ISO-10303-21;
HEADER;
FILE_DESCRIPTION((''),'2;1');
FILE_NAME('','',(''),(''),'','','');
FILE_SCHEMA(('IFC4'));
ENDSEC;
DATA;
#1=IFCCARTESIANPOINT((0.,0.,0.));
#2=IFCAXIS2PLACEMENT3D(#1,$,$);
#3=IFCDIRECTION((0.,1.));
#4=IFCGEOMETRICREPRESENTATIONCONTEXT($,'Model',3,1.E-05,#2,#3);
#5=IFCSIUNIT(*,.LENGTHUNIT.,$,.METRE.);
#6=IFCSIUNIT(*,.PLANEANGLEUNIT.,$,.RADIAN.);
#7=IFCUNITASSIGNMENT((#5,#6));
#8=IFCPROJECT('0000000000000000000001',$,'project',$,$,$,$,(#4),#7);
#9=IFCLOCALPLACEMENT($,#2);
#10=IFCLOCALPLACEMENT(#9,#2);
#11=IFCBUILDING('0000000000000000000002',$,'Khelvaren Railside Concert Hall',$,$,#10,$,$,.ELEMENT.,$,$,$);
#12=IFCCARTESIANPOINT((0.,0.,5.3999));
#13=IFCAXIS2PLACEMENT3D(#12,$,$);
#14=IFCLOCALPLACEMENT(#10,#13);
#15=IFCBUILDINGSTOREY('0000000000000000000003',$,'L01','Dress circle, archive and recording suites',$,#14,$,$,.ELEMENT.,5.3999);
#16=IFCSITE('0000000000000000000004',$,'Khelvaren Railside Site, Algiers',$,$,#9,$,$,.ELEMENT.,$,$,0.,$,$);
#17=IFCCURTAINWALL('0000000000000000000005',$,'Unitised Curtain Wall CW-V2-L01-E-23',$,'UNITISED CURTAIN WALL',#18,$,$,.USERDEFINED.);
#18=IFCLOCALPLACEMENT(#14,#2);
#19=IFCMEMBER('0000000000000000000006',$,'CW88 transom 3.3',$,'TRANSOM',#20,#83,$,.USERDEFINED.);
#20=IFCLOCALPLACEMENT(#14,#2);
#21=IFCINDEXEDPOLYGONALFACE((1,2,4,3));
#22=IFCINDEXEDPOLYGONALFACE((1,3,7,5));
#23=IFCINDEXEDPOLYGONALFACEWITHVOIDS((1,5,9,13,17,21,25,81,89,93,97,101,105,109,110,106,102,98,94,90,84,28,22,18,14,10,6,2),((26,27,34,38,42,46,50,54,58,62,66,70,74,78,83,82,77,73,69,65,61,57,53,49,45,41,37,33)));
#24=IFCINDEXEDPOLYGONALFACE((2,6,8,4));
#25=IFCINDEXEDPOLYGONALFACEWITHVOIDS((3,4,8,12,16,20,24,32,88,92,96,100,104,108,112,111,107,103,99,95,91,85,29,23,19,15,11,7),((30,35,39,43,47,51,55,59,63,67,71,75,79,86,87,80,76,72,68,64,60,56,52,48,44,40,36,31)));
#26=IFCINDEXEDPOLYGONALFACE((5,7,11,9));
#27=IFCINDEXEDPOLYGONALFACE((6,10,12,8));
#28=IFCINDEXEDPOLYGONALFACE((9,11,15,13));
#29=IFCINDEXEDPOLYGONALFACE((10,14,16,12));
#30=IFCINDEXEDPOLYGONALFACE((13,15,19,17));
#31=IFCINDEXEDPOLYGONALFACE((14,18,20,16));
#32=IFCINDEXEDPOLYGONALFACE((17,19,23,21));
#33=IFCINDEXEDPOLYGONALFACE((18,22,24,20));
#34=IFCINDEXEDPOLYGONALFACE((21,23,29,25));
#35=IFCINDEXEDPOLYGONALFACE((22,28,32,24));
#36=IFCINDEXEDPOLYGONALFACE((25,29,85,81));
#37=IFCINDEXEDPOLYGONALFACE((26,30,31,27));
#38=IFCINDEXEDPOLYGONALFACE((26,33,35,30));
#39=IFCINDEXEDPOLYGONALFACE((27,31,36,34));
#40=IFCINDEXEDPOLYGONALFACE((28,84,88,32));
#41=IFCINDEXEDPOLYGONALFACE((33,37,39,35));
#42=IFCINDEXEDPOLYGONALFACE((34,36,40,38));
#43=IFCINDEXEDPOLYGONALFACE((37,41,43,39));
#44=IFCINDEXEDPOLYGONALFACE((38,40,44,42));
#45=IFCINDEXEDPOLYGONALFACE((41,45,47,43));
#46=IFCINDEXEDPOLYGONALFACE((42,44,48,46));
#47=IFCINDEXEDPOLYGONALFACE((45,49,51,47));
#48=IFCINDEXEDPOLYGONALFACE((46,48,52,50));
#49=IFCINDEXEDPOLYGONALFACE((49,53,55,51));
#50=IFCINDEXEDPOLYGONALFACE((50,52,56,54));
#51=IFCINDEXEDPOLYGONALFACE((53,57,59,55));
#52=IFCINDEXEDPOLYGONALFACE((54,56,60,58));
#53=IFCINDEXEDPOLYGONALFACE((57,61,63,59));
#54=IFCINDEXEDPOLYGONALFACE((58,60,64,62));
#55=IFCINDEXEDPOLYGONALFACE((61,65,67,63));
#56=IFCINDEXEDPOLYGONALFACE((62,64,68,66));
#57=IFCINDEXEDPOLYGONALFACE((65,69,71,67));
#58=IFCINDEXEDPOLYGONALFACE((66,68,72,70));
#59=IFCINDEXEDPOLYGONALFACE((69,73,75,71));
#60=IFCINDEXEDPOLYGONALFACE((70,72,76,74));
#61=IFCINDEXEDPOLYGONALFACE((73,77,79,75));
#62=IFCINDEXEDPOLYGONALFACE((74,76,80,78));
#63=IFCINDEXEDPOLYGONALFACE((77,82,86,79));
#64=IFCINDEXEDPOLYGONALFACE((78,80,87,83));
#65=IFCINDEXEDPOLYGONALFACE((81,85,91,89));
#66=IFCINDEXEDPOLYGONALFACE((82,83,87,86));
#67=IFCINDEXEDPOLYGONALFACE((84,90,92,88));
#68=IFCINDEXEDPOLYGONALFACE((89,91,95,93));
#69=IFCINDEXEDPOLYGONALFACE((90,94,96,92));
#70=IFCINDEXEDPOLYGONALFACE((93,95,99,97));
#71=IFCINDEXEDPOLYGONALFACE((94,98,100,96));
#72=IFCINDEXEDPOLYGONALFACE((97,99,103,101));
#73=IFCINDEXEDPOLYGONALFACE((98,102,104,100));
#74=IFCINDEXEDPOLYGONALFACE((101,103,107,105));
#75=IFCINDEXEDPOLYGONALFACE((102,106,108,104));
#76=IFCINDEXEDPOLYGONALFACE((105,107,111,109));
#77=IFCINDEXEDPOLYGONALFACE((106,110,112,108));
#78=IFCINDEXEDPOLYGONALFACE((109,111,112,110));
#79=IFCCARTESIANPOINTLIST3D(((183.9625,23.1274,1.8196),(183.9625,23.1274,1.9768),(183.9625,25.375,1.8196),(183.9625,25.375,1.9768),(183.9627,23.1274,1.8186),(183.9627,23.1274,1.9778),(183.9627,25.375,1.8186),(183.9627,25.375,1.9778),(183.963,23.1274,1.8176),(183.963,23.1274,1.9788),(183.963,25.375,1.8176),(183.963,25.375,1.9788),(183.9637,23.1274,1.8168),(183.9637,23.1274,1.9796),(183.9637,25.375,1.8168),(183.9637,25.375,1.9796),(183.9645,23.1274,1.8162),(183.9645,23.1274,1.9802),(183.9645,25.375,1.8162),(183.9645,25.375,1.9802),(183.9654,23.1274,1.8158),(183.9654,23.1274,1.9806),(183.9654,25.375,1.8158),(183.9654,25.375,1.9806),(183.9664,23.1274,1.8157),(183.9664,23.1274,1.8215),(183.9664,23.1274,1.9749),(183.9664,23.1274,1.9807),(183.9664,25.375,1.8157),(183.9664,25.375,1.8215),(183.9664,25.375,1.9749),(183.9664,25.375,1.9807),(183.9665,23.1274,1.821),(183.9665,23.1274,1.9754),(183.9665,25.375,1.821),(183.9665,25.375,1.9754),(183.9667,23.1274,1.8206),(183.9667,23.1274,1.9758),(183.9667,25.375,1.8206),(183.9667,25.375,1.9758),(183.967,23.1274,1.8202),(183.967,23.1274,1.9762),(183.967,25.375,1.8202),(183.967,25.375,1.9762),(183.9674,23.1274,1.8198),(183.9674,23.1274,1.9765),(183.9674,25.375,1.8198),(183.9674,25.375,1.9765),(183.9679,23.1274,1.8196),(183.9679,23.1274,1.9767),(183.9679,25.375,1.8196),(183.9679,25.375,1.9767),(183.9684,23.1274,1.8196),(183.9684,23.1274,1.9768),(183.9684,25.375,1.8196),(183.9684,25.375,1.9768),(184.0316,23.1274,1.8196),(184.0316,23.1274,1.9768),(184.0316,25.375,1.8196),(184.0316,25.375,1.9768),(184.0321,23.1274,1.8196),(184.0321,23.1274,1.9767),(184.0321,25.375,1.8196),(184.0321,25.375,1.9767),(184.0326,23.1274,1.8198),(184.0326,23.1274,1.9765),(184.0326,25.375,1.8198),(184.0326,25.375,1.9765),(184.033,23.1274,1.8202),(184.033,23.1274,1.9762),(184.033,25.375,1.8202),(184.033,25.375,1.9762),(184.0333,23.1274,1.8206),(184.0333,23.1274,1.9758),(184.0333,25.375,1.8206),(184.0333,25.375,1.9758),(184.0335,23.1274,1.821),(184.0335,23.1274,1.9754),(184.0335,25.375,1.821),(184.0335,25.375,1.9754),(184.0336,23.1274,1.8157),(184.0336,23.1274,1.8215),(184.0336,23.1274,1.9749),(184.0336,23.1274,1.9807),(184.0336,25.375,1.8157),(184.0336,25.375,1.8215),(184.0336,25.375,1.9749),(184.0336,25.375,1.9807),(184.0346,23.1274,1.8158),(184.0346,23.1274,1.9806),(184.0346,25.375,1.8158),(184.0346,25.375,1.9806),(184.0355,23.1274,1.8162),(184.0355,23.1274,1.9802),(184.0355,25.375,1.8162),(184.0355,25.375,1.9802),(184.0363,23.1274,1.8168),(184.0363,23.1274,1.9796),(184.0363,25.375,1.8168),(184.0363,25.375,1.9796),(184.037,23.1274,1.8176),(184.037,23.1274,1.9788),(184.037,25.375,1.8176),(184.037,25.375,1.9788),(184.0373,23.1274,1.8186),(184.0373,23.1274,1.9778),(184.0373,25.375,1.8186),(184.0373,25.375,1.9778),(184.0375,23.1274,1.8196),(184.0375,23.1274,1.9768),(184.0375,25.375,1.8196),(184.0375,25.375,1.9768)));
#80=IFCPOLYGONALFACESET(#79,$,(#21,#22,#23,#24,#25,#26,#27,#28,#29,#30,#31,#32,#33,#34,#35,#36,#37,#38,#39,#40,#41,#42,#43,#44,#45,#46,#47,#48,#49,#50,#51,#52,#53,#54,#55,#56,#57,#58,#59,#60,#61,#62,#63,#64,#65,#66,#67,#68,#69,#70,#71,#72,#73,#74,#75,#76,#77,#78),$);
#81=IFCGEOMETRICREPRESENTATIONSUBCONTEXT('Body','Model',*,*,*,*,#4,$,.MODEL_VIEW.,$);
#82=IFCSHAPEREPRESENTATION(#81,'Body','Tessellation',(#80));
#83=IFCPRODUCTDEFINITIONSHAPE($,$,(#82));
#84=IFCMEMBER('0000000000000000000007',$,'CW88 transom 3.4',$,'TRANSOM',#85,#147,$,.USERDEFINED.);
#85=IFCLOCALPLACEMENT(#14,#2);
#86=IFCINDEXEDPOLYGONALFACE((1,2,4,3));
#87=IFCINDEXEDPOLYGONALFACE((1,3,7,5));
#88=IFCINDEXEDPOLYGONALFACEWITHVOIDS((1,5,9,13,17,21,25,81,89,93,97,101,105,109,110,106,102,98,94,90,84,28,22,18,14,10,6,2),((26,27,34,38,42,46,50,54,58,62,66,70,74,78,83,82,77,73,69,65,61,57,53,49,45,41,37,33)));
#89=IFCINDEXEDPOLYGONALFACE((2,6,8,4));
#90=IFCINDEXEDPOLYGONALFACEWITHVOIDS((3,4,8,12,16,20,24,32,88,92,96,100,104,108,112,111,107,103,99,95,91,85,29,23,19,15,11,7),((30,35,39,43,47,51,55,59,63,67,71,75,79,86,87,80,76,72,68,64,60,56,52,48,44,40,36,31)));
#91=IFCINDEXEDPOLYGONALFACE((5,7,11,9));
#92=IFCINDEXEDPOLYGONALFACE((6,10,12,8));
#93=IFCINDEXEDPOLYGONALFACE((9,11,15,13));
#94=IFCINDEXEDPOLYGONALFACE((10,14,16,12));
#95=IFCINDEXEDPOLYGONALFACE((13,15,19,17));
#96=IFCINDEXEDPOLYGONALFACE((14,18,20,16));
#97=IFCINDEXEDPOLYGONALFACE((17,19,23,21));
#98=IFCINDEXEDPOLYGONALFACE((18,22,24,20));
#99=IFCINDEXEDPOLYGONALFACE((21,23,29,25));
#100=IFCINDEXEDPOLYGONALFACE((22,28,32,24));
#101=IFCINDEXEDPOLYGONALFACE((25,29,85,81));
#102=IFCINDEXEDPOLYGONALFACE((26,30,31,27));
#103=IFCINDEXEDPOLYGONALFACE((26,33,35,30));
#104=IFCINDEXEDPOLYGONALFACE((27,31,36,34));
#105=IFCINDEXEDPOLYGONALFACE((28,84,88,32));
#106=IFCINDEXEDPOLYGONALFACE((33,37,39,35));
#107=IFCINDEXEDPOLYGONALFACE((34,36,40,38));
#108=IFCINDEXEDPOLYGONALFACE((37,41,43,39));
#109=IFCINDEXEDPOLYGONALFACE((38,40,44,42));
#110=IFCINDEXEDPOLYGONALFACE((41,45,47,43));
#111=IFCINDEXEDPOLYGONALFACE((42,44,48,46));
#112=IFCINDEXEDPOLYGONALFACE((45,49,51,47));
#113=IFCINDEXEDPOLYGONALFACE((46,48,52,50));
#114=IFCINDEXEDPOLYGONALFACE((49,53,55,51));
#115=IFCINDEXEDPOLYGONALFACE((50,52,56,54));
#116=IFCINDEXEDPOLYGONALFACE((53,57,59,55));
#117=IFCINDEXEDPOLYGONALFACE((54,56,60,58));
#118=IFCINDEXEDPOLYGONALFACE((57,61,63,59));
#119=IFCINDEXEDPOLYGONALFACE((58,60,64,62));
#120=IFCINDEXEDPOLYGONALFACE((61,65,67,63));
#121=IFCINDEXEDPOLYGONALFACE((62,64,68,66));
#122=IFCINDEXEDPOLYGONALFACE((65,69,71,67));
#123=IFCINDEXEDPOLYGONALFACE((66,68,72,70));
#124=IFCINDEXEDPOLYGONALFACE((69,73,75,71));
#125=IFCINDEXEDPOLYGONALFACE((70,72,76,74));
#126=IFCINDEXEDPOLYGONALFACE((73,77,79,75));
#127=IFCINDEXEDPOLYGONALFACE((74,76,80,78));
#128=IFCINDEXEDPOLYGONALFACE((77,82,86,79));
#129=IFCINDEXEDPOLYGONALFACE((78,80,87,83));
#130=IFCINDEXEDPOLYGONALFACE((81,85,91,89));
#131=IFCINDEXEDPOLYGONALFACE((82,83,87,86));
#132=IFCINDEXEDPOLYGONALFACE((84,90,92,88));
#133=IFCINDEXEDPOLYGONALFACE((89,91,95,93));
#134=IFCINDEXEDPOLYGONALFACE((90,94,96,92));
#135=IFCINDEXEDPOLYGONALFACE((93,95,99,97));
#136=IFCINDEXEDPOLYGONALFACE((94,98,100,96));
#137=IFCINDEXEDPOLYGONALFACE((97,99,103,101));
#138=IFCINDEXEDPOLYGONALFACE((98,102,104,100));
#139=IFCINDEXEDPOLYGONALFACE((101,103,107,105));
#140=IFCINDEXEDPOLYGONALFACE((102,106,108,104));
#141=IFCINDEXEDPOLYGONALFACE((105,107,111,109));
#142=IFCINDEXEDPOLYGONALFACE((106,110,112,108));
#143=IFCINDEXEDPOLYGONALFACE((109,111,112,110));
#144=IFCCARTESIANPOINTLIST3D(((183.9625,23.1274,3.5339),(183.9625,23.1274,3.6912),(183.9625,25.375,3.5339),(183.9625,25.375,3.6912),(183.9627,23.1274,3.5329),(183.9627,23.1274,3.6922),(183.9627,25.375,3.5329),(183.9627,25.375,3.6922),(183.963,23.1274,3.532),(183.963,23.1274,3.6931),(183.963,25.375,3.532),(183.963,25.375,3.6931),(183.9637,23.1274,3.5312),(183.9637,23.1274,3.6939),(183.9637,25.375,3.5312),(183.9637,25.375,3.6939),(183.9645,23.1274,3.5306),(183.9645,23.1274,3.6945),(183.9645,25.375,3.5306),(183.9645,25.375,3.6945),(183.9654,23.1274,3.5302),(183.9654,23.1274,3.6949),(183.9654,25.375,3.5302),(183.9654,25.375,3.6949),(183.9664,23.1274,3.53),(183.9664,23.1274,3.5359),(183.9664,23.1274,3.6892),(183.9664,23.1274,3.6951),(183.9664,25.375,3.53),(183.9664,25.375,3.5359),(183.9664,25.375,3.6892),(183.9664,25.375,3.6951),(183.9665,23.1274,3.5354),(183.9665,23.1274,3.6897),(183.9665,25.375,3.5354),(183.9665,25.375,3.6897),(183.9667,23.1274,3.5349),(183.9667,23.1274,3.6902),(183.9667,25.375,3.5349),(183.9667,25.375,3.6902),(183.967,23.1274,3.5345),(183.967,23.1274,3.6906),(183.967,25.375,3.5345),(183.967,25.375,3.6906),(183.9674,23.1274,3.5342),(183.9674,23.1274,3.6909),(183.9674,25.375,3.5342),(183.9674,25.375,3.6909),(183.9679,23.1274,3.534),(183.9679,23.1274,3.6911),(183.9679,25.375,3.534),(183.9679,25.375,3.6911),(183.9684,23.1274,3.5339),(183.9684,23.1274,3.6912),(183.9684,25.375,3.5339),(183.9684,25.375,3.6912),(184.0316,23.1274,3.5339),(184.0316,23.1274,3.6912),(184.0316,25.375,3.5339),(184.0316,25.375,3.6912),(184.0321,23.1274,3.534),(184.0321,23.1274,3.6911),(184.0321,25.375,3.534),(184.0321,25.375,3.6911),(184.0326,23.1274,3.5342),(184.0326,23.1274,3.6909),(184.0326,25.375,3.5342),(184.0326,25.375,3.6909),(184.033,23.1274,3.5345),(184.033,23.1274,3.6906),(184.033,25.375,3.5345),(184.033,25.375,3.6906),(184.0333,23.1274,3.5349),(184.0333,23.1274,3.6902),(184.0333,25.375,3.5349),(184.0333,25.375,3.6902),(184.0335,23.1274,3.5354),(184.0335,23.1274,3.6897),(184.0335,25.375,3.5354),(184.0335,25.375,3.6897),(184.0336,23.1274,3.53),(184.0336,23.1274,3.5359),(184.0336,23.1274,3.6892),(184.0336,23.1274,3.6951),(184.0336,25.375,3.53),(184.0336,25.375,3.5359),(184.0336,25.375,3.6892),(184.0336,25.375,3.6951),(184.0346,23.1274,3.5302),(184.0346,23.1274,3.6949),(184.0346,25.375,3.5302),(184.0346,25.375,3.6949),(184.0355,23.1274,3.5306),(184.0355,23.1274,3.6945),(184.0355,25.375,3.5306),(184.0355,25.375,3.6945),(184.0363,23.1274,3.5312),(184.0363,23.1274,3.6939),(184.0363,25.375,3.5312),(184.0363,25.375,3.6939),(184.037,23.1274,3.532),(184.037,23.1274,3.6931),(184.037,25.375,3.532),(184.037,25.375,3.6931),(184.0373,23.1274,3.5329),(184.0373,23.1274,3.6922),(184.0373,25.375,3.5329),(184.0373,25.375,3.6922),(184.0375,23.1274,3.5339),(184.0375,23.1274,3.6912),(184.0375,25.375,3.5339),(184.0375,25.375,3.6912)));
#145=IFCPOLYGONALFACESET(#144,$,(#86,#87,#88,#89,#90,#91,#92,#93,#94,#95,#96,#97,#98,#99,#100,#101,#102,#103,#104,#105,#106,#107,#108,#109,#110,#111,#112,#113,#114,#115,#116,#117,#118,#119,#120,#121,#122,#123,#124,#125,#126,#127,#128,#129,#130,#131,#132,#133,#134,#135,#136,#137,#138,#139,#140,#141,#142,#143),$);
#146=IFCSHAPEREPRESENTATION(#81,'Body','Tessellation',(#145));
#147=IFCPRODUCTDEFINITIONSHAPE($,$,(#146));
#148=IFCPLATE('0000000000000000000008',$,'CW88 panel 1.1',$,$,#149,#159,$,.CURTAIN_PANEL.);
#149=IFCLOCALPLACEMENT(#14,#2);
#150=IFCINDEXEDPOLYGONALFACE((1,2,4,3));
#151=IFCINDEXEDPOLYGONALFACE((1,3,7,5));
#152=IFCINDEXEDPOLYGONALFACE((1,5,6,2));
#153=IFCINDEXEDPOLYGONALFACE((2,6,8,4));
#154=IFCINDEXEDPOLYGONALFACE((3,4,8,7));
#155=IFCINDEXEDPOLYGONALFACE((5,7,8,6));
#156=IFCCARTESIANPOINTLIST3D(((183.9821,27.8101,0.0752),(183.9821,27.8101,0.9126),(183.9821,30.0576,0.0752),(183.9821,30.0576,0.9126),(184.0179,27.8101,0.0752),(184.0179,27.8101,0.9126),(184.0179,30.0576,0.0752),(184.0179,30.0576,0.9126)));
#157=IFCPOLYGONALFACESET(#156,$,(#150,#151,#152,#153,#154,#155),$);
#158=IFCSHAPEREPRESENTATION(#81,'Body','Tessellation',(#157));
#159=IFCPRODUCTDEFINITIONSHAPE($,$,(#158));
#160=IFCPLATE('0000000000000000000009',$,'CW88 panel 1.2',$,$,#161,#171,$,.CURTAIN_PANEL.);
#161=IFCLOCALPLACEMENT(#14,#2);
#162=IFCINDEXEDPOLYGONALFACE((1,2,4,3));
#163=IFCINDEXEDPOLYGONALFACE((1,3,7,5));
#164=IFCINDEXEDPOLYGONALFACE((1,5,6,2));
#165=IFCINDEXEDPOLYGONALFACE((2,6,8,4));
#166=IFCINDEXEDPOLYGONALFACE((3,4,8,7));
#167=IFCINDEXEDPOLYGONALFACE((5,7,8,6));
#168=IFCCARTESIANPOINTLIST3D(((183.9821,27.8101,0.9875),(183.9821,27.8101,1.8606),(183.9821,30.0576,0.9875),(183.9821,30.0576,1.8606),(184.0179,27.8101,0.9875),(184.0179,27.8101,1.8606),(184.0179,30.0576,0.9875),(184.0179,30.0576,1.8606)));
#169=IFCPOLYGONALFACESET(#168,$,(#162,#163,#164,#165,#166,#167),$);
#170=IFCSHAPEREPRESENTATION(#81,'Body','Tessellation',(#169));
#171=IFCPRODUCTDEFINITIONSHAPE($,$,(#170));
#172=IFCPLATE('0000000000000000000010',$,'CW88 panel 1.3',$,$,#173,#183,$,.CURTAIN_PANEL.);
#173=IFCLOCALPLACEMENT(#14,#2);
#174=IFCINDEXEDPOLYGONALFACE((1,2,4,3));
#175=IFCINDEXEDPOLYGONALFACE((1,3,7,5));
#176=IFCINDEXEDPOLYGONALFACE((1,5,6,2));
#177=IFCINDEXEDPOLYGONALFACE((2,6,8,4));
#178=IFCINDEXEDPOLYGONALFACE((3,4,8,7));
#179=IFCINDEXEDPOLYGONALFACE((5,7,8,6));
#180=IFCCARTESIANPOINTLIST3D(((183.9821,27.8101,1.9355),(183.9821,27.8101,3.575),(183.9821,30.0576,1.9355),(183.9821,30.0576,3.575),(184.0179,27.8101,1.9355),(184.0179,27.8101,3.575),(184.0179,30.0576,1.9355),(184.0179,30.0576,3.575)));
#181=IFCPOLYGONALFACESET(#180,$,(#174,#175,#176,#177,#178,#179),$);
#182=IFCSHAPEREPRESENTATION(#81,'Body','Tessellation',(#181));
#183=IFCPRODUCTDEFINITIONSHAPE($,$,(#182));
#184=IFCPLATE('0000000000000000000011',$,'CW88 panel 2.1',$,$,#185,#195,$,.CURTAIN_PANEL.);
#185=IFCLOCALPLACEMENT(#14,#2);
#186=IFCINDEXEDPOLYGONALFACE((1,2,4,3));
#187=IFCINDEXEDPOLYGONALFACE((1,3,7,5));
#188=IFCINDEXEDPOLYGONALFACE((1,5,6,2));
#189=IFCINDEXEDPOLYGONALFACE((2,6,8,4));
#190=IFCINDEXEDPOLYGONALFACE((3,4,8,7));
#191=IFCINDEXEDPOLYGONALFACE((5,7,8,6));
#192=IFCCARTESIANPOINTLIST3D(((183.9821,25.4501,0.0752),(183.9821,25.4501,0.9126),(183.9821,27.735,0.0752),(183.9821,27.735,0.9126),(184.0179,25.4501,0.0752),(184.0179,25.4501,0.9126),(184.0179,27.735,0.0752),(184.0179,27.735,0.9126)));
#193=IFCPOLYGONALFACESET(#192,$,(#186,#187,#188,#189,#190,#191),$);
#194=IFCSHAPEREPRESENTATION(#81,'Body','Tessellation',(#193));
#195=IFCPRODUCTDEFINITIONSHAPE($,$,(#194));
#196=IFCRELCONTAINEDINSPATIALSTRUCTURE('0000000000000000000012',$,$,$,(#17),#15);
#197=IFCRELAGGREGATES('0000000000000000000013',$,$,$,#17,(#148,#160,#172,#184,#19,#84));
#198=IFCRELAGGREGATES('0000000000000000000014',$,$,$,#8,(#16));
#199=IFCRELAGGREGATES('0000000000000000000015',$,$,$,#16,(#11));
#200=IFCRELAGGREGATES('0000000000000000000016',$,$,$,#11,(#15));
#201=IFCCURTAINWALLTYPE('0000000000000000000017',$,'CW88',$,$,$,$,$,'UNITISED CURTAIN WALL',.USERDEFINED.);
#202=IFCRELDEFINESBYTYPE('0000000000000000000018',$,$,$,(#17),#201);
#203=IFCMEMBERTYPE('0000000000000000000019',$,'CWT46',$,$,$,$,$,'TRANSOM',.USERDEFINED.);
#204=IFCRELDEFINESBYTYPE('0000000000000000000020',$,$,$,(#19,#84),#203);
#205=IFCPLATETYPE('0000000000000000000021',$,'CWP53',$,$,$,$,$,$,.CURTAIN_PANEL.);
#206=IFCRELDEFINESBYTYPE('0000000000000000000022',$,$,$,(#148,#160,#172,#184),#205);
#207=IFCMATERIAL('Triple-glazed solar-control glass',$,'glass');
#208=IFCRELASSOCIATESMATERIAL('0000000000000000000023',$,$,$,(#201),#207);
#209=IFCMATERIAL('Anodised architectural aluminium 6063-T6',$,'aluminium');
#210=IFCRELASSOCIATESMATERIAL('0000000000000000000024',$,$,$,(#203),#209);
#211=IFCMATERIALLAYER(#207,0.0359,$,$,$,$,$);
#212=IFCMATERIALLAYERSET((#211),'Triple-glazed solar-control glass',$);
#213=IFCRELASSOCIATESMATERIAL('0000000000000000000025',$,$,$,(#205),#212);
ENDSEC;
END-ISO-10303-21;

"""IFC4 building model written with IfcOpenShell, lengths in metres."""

from ifc_helpers import new_model, si_unit, direction, frame, origin, origin_2d, place, context, subcontext, project, spatial, rectangle, hollow_rectangle, extrude, material, layer, layer_set, material_profile, profile_set, type_object, element, aggregate, save


model = new_model("IFC4")

# Units and contexts
model_context = context("Model", 3, precision=1e-05, world=origin(), true_north=direction((0.0, 1.0)))
body_context = subcontext(model_context, "Body", "Model", "MODEL_VIEW")
ifc_project = project(units=[si_unit("LENGTHUNIT", "METRE"), si_unit("PLANEANGLEUNIT", "RADIAN")], contexts=[model_context])

# Site, building, storey
site_placement = place(None, origin())
site = spatial("IfcSite", under=ifc_project, at=site_placement, Name="Khelvaren Railside Site, Algiers", CompositionType="ELEMENT", RefElevation=0.0)
building_placement = place(site_placement, origin())
building = spatial("IfcBuilding", under=site, at=building_placement, Name="Khelvaren Railside Concert Hall", CompositionType="ELEMENT")
storey_placement = place(building_placement, frame((0.0, 0.0, 5.3999)))
storey = spatial("IfcBuildingStorey", under=building, at=storey_placement, Name="L01", Description="Dress circle, archive and recording suites", CompositionType="ELEMENT", Elevation=5.3999)

# Curtain wall, members, plates
ifc_material_1 = material(Name="Triple-glazed solar-control glass", Category="glass")
curtain_wall_type = type_object("IfcCurtainWallType", Name="CW88", ElementType="UNITISED CURTAIN WALL", PredefinedType="USERDEFINED", material=ifc_material_1)
curtain_wall_placement = place(storey_placement, origin())
curtain_wall = element("IfcCurtainWall", 1, at=curtain_wall_placement, inside=storey, type_object=curtain_wall_type, Name="Unitised Curtain Wall CW-V2-L01-E-23", ObjectType="UNITISED CURTAIN WALL", PredefinedType="USERDEFINED")
ifc_material_2 = material(Name="Anodised architectural aluminium 6063-T6", Category="aluminium")
ifc_material_profile_1 = material_profile(ifc_material_2, hollow_rectangle(XDim=0.075, YDim=0.165, WallThickness=0.0039, InnerFilletRadius=0.002, OuterFilletRadius=0.0039, at=origin_2d()), Name="CWT 75x165x4")
ifc_profile_set_1 = profile_set([ifc_material_profile_1], Name="Anodised architectural aluminium 6063-T6")
member_type_1 = type_object("IfcMemberType", Name="CWT46", ElementType="TRANSOM", PredefinedType="USERDEFINED", material=ifc_profile_set_1)
member_1_placement = place(storey_placement, frame((184.0, 25.375, 1.8982), z_axis=(0.0, -1.0, 0.0), x_axis=(1.0, 0.0, 0.0)))
member_1 = element("IfcMember", 2, at=member_1_placement, type_object=member_type_1, Name="CW88 transom 3.3", ObjectType="TRANSOM", PredefinedType="USERDEFINED", context=body_context, shape_type="SweptSolid", body=[
    extrude(hollow_rectangle(XDim=0.075, YDim=0.165, WallThickness=0.0039, InnerFilletRadius=0.002, OuterFilletRadius=0.0039, at=origin_2d()), origin(), (0.0, 0.0, 1.0), 2.2476),
])
member_2_placement = place(storey_placement, frame((184.0, 25.375, 3.6125), z_axis=(0.0, -1.0, 0.0), x_axis=(1.0, 0.0, 0.0)))
member_2 = element("IfcMember", 3, at=member_2_placement, type_object=member_type_1, Name="CW88 transom 3.4", ObjectType="TRANSOM", PredefinedType="USERDEFINED", context=body_context, shape_type="SweptSolid", body=[
    extrude(hollow_rectangle(XDim=0.075, YDim=0.165, WallThickness=0.0039, InnerFilletRadius=0.002, OuterFilletRadius=0.0039, at=origin_2d()), origin(), (0.0, 0.0, 1.0), 2.2476),
])
ifc_layer = layer(ifc_material_1, 0.0359)
ifc_layer_set = layer_set([ifc_layer], Name="Triple-glazed solar-control glass")
plate_type = type_object("IfcPlateType", Name="CWP53", PredefinedType="CURTAIN_PANEL", material=ifc_layer_set)
plate_1_placement = place(storey_placement, frame((184.0, 28.9338, 0.0752), z_axis=(0.0, 0.0, 1.0), x_axis=(0.0, -1.0, 0.0)))
plate_1 = element("IfcPlate", 4, at=plate_1_placement, type_object=plate_type, Name="CW88 panel 1.1", PredefinedType="CURTAIN_PANEL", context=body_context, shape_type="SweptSolid", body=[
    extrude(rectangle(XDim=2.2476, YDim=0.0359, at=origin_2d()), origin(), (0.0, 0.0, 1.0), 0.8374),
])
plate_2_placement = place(storey_placement, frame((184.0, 28.9338, 0.9875), z_axis=(0.0, 0.0, 1.0), x_axis=(0.0, -1.0, 0.0)))
plate_2 = element("IfcPlate", 5, at=plate_2_placement, type_object=plate_type, Name="CW88 panel 1.2", PredefinedType="CURTAIN_PANEL", context=body_context, shape_type="SweptSolid", body=[
    extrude(rectangle(XDim=2.2476, YDim=0.0359, at=origin_2d()), origin(), (0.0, 0.0, 1.0), 0.873),
])
plate_3_placement = place(storey_placement, frame((184.0, 28.9338, 1.9355), z_axis=(0.0, 0.0, 1.0), x_axis=(0.0, -1.0, 0.0)))
plate_3 = element("IfcPlate", 6, at=plate_3_placement, type_object=plate_type, Name="CW88 panel 1.3", PredefinedType="CURTAIN_PANEL", context=body_context, shape_type="SweptSolid", body=[
    extrude(rectangle(XDim=2.2476, YDim=0.0359, at=origin_2d()), origin(), (0.0, 0.0, 1.0), 1.6394),
])
plate_4_placement = place(storey_placement, frame((184.0, 26.5925, 0.0752), z_axis=(0.0, 0.0, 1.0), x_axis=(0.0, -1.0, 0.0)))
plate_4 = element("IfcPlate", 7, at=plate_4_placement, type_object=plate_type, Name="CW88 panel 2.1", PredefinedType="CURTAIN_PANEL", context=body_context, shape_type="SweptSolid", body=[
    extrude(rectangle(XDim=2.2849, YDim=0.0359, at=origin_2d()), origin(), (0.0, 0.0, 1.0), 0.8374),
])
aggregate(curtain_wall, [plate_1, plate_2, plate_3, plate_4, member_1, member_2])

save(model, "model.ifc")
